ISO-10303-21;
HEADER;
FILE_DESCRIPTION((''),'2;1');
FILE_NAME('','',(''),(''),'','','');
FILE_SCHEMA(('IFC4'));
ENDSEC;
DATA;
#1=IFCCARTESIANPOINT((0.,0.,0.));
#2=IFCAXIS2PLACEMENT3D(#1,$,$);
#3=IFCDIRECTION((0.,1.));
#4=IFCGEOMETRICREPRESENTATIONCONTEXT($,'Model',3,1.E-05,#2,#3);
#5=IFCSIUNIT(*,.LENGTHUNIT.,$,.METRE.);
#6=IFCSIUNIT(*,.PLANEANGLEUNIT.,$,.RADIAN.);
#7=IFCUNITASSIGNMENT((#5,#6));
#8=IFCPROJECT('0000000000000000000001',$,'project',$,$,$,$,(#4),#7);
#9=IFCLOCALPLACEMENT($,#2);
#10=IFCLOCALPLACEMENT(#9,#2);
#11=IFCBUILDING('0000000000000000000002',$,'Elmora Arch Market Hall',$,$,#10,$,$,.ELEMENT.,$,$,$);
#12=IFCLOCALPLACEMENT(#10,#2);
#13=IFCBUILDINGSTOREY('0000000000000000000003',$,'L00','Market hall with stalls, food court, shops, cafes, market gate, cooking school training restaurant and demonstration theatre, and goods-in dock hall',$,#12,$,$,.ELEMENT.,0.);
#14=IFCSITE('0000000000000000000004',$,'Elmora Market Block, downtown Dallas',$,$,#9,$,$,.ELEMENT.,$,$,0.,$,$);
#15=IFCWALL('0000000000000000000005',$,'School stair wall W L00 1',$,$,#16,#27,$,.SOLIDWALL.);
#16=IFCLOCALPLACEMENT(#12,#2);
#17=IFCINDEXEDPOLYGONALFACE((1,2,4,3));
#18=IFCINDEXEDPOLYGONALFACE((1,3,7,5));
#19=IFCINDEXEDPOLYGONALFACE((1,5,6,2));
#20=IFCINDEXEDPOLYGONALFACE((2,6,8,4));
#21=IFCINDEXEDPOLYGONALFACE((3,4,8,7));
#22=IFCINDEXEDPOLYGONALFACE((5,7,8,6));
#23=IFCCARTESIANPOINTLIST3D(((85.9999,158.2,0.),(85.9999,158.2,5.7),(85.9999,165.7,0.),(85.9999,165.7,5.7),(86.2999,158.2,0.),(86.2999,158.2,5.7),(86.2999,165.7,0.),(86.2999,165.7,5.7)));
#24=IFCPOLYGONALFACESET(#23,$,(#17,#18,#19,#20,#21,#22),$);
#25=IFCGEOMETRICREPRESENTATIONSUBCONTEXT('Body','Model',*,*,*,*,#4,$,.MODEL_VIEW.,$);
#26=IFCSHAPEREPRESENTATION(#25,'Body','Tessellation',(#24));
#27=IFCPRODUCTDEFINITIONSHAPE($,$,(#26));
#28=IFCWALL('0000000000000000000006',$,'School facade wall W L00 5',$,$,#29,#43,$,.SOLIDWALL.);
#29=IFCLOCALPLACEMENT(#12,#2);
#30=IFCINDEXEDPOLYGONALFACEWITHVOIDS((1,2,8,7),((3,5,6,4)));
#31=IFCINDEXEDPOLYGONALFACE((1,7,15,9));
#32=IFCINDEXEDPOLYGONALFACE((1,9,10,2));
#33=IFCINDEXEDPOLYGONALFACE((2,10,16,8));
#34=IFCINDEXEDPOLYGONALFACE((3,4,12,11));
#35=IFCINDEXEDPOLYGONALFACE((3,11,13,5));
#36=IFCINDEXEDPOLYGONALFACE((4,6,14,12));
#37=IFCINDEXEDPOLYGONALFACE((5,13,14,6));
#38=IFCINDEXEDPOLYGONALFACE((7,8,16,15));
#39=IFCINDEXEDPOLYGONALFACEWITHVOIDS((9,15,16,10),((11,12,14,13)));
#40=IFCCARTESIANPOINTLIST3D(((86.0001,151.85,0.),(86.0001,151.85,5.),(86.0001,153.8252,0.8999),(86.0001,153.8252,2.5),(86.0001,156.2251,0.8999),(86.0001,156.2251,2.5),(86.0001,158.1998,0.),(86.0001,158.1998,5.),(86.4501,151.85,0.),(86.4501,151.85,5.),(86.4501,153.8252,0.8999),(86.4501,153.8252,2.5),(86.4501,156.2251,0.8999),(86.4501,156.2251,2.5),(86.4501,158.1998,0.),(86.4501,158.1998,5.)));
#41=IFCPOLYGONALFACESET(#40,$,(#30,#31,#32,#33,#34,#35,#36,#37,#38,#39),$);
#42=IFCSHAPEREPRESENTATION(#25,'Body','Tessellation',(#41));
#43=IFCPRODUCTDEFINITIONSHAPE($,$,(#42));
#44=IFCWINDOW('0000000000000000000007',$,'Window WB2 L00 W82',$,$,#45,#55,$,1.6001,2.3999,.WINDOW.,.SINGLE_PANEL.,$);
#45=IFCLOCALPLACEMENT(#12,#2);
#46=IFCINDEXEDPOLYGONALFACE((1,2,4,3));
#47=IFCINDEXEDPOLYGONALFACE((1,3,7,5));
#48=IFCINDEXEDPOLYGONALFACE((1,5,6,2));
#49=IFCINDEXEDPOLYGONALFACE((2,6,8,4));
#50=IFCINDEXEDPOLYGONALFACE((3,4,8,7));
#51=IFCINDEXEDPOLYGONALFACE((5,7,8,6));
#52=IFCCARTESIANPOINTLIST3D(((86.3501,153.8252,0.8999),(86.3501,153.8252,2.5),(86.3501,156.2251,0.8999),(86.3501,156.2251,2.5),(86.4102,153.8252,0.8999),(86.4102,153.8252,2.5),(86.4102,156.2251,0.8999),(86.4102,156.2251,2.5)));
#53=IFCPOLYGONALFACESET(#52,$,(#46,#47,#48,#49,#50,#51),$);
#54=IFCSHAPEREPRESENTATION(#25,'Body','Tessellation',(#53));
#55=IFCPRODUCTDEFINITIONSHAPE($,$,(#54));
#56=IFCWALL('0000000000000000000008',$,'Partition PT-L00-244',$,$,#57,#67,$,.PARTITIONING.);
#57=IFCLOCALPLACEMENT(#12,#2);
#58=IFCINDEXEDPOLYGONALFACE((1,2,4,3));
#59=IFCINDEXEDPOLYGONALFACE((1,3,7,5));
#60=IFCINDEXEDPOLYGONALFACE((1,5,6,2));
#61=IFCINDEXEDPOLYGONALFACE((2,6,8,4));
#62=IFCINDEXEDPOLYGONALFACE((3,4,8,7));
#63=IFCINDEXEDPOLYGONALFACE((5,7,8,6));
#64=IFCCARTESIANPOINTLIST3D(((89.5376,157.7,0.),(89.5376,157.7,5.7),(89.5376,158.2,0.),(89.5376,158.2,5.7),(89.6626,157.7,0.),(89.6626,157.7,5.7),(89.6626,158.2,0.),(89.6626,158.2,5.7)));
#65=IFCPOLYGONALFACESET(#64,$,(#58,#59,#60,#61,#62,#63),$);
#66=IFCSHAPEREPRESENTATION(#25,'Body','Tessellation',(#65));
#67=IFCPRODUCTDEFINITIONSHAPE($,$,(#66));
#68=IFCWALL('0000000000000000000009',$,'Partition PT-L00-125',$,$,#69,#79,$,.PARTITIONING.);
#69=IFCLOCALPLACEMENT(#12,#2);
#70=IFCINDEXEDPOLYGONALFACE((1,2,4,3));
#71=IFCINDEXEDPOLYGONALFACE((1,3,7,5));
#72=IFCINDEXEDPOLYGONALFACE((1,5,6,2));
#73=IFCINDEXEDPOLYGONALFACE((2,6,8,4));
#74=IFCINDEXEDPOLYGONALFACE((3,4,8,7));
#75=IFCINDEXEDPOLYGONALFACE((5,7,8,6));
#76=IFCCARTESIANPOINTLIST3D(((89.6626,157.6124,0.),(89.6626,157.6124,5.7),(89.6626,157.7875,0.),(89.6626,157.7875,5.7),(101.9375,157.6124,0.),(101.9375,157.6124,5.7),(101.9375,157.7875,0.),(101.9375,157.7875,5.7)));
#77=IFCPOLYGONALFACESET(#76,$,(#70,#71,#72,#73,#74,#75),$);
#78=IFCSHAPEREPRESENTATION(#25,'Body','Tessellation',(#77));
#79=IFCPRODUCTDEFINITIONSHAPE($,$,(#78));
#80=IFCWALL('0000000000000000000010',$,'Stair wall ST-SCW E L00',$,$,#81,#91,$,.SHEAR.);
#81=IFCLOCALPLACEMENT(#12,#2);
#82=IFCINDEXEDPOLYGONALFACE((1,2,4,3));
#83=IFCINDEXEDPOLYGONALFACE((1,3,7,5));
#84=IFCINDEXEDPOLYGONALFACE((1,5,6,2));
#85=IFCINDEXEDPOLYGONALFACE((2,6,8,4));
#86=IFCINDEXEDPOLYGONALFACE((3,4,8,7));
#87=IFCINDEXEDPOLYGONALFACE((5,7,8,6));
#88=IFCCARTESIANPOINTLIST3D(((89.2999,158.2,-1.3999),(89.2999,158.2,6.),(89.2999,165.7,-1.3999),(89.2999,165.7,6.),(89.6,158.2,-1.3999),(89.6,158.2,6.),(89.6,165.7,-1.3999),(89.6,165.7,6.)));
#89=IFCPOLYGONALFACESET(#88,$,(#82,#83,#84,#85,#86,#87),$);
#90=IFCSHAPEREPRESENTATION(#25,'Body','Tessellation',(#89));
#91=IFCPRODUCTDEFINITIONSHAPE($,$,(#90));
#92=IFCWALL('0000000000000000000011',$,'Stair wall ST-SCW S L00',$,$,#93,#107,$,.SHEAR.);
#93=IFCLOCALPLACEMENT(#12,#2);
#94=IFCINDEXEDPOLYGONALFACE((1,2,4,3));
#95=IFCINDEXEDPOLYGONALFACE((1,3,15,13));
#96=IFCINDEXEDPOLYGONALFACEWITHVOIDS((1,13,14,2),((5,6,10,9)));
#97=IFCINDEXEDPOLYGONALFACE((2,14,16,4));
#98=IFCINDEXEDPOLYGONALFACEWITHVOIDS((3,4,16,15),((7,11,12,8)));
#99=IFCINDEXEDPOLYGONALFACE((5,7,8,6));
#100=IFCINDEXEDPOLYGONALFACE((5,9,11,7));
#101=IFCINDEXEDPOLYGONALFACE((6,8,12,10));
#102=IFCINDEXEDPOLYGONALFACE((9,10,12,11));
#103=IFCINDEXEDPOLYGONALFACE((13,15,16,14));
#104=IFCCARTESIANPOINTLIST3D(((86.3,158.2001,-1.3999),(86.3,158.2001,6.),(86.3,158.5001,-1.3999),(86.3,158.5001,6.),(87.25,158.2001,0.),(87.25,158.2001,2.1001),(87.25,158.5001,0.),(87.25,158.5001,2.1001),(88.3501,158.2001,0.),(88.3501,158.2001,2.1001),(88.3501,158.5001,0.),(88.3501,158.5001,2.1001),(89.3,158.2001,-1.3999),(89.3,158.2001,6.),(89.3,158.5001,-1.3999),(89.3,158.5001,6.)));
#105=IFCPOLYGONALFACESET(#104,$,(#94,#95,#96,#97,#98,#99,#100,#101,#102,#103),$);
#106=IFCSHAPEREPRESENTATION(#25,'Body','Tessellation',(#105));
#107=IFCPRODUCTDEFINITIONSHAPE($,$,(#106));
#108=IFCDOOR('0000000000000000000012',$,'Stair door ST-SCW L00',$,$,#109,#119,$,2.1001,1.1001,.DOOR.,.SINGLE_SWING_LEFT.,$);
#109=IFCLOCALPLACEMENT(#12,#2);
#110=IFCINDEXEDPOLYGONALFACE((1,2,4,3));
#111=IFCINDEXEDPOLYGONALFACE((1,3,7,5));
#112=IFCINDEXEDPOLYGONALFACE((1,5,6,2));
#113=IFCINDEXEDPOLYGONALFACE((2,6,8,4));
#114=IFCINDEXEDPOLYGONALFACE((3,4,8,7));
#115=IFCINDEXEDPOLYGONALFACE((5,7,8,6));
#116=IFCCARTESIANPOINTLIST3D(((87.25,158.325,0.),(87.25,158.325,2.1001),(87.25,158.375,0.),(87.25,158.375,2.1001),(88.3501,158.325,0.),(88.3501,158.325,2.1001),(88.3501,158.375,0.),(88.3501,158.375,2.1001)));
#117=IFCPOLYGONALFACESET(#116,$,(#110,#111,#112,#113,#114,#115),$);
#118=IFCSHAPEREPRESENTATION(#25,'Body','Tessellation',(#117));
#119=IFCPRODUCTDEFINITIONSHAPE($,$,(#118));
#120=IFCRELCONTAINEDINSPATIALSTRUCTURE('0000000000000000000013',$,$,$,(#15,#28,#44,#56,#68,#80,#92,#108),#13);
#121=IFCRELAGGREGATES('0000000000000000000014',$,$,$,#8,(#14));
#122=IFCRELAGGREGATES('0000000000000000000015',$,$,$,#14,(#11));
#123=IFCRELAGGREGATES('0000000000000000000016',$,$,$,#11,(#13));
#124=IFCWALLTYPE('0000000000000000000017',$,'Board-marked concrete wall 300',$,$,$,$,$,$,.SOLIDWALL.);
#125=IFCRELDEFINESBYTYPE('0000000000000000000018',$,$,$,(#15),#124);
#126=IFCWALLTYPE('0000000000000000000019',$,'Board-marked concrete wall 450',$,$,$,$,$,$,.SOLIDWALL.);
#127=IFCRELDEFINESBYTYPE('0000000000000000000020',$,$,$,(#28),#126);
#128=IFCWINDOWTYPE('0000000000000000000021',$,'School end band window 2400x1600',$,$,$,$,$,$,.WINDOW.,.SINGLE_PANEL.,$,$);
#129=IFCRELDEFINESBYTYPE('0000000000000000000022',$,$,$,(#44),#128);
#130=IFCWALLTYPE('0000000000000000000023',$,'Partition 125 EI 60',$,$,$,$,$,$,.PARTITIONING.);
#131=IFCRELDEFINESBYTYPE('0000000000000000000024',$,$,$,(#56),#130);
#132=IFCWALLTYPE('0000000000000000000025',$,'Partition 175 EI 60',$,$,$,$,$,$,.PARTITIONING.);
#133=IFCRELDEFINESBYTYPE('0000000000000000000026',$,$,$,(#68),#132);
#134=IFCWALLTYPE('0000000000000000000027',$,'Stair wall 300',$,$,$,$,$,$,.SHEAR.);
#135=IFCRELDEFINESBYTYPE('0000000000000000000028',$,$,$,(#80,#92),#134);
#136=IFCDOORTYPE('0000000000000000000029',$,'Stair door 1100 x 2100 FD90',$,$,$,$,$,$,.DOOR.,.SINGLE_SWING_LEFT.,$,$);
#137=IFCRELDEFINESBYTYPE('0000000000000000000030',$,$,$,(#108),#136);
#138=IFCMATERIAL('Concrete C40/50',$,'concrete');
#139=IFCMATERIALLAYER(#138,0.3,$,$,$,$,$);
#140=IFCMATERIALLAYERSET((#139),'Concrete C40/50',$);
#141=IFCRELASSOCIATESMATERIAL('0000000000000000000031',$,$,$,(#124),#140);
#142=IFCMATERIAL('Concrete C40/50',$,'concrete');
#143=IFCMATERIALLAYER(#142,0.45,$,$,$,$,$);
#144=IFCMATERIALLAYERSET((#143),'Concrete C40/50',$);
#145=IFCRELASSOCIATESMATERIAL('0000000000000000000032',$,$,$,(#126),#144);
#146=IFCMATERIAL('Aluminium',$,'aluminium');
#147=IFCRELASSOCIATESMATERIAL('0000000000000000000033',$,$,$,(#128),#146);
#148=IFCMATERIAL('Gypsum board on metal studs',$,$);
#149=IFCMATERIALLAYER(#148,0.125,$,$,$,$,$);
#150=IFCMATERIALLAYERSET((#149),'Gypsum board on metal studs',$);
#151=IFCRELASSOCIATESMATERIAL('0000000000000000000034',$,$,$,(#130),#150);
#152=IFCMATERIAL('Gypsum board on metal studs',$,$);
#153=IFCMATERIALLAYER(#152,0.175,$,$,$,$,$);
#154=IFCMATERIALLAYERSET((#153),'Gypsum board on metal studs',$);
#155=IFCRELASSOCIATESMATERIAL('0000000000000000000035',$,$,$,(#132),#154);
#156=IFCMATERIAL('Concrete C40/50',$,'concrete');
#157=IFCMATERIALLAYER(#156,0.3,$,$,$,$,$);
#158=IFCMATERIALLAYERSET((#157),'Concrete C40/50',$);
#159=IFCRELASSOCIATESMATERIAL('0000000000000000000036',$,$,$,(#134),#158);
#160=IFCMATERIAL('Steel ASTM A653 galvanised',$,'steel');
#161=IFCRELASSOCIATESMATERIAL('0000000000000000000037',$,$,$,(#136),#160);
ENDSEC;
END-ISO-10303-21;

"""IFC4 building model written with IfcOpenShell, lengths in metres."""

from ifc_helpers import new_model, si_unit, direction, frame, frame_2d, origin, place, context, subcontext, project, spatial, rectangle, extrude, material, layer, layer_set, type_object, element, fill, save


model = new_model("IFC4")

# Units and contexts
model_context = context("Model", 3, precision=1e-05, world=origin(), true_north=direction((0.0, 1.0)))
body_context = subcontext(model_context, "Body", "Model", "MODEL_VIEW")
ifc_project = project(units=[si_unit("LENGTHUNIT", "METRE"), si_unit("PLANEANGLEUNIT", "RADIAN")], contexts=[model_context])

# Site, building, storey
site_placement = place(None, origin())
site = spatial("IfcSite", under=ifc_project, at=site_placement, Name="Elmora Market Block, downtown Dallas", CompositionType="ELEMENT", RefElevation=0.0)
building_placement = place(site_placement, origin())
building = spatial("IfcBuilding", under=site, at=building_placement, Name="Elmora Arch Market Hall", CompositionType="ELEMENT")
storey_placement = place(building_placement, origin())
storey = spatial("IfcBuildingStorey", under=building, at=storey_placement, Name="L00", Description="Market hall with stalls, food court, shops, cafes, market gate, cooking school training restaurant and demonstration theatre, and goods-in dock hall", CompositionType="ELEMENT", Elevation=0.0)

# Wall
ifc_material_1 = material(Name="Concrete C40/50", Category="concrete")
ifc_layer_1 = layer(ifc_material_1, 0.3)
ifc_layer_set_1 = layer_set([ifc_layer_1], Name="Concrete C40/50")
wall_type_1 = type_object("IfcWallType", Name="Board-marked concrete wall 300", PredefinedType="SOLIDWALL", material=ifc_layer_set_1)
wall_1_placement = place(storey_placement, frame((86.1499, 158.2, 0.0), z_axis=(0.0, 0.0, 1.0), x_axis=(0.0, 1.0, 0.0)))
element("IfcWall", 1, at=wall_1_placement, inside=storey, type_object=wall_type_1, Name="School stair wall W L00 1", PredefinedType="SOLIDWALL", context=body_context, shape_type="SweptSolid", body=[
    extrude(rectangle(XDim=7.5, YDim=0.3, at=frame_2d((3.75, 0.0))), origin(), (0.0, 0.0, 1.0), 5.7),
])

# Wall, opening, window
ifc_material_2 = material(Name="Concrete C40/50", Category="concrete")
ifc_layer_2 = layer(ifc_material_2, 0.45)
ifc_layer_set_2 = layer_set([ifc_layer_2], Name="Concrete C40/50")
wall_type_2 = type_object("IfcWallType", Name="Board-marked concrete wall 450", PredefinedType="SOLIDWALL", material=ifc_layer_set_2)
wall_2_placement = place(storey_placement, frame((86.2251, 151.8501, 0.0), z_axis=(0.0, 0.0, 1.0), x_axis=(0.0, 1.0, 0.0)))
wall_2 = element("IfcWall", 2, at=wall_2_placement, inside=storey, type_object=wall_type_2, Name="School facade wall W L00 5", PredefinedType="SOLIDWALL", context=body_context, shape_type="SweptSolid", body=[
    extrude(rectangle(XDim=6.3499, YDim=0.45, at=frame_2d((3.1748, 0.0))), origin(), (0.0, 0.0, 1.0), 5.0),
])
opening_1_placement = place(wall_2_placement, frame((1.9751, 0.0, 0.8999)))
opening_1 = element("IfcOpeningElement", 3, at=opening_1_placement, cuts=wall_2, PredefinedType="OPENING", context=body_context, shape_type="SweptSolid", body=[
    extrude(rectangle(XDim=2.3999, YDim=1.6001, at=frame_2d((1.2, 0.8))), frame((0.0, 0.2349, 0.0), z_axis=(0.0, -1.0, 0.0), x_axis=(1.0, 0.0, 0.0)), (0.0, 0.0, 1.0), 0.47),
])
ifc_material_3 = material(Name="Aluminium", Category="aluminium")
window_type = type_object("IfcWindowType", Name="School end band window 2400x1600", PartitioningType="SINGLE_PANEL", PredefinedType="WINDOW", material=ifc_material_3)
window_placement = place(opening_1_placement, origin())
window = element("IfcWindow", 4, at=window_placement, inside=storey, type_object=window_type, Name="Window WB2 L00 W82", OverallHeight=1.6001, OverallWidth=2.3999, PartitioningType="SINGLE_PANEL", PredefinedType="WINDOW", context=body_context, shape_type="SweptSolid", body=[
    extrude(rectangle(XDim=2.3999, YDim=1.6001, at=frame_2d((1.2, 0.8))), frame((0.0, -0.125, 0.0), z_axis=(0.0, -1.0, 0.0), x_axis=(1.0, 0.0, 0.0)), (0.0, 0.0, 1.0), 0.0601),
])
fill(opening_1, window)

# Walls
ifc_material_4 = material(Name="Gypsum board on metal studs")
ifc_layer_3 = layer(ifc_material_4, 0.125)
ifc_layer_set_3 = layer_set([ifc_layer_3], Name="Gypsum board on metal studs")
wall_type_3 = type_object("IfcWallType", Name="Partition 125 EI 60", PredefinedType="PARTITIONING", material=ifc_layer_set_3)
wall_3_placement = place(storey_placement, frame((89.6001, 157.7, 0.0), z_axis=(0.0, 0.0, 1.0), x_axis=(0.0, 1.0, 0.0)))
element("IfcWall", 5, at=wall_3_placement, inside=storey, type_object=wall_type_3, Name="Partition PT-L00-244", PredefinedType="PARTITIONING", context=body_context, shape_type="SweptSolid", body=[
    extrude(rectangle(XDim=0.5, YDim=0.125, at=frame_2d((0.25, 0.0))), origin(), (0.0, 0.0, 1.0), 5.7),
])
ifc_material_5 = material(Name="Gypsum board on metal studs")
ifc_layer_4 = layer(ifc_material_5, 0.175)
ifc_layer_set_4 = layer_set([ifc_layer_4], Name="Gypsum board on metal studs")
wall_type_4 = type_object("IfcWallType", Name="Partition 175 EI 60", PredefinedType="PARTITIONING", material=ifc_layer_set_4)
wall_4_placement = place(storey_placement, frame((89.6626, 157.7, 0.0), z_axis=(0.0, 0.0, 1.0), x_axis=(1.0, 0.0, 0.0)))
element("IfcWall", 6, at=wall_4_placement, inside=storey, type_object=wall_type_4, Name="Partition PT-L00-125", PredefinedType="PARTITIONING", context=body_context, shape_type="SweptSolid", body=[
    extrude(rectangle(XDim=12.2749, YDim=0.175, at=frame_2d((6.1375, 0.0))), origin(), (0.0, 0.0, 1.0), 5.7),
])
ifc_material_6 = material(Name="Concrete C40/50", Category="concrete")
ifc_layer_5 = layer(ifc_material_6, 0.3)
ifc_layer_set_5 = layer_set([ifc_layer_5], Name="Concrete C40/50")
wall_type_5 = type_object("IfcWallType", Name="Stair wall 300", PredefinedType="SHEAR", material=ifc_layer_set_5)
wall_5_placement = place(storey_placement, frame((89.45, 158.2, -1.3999), z_axis=(0.0, 0.0, 1.0), x_axis=(0.0, 1.0, 0.0)))
element("IfcWall", 7, at=wall_5_placement, inside=storey, type_object=wall_type_5, Name="Stair wall ST-SCW E L00", PredefinedType="SHEAR", context=body_context, shape_type="SweptSolid", body=[
    extrude(rectangle(XDim=7.5, YDim=0.3, at=frame_2d((3.75, 0.0))), origin(), (0.0, 0.0, 1.0), 7.3999),
])

# Wall, opening, door
wall_6_placement = place(storey_placement, frame((86.3, 158.3501, -1.3999), z_axis=(0.0, 0.0, 1.0), x_axis=(1.0, 0.0, 0.0)))
wall_6 = element("IfcWall", 8, at=wall_6_placement, inside=storey, type_object=wall_type_5, Name="Stair wall ST-SCW S L00", PredefinedType="SHEAR", context=body_context, shape_type="SweptSolid", body=[
    extrude(rectangle(XDim=3.0, YDim=0.3, at=frame_2d((1.5, 0.0))), origin(), (0.0, 0.0, 1.0), 7.3999),
])
opening_2_placement = place(wall_6_placement, frame((0.95, 0.0, 1.3999)))
opening_2 = element("IfcOpeningElement", 9, at=opening_2_placement, cuts=wall_6, PredefinedType="OPENING", context=body_context, shape_type="SweptSolid", body=[
    extrude(rectangle(XDim=1.1001, YDim=2.1001, at=frame_2d((0.55, 1.05))), frame((0.0, 0.1599, 0.0), z_axis=(0.0, -1.0, 0.0), x_axis=(1.0, 0.0, 0.0)), (0.0, 0.0, 1.0), 0.3201),
])
ifc_material_7 = material(Name="Steel ASTM A653 galvanised", Category="steel")
door_type_1 = type_object("IfcDoorType", Name="Stair door 1100 x 2100 FD90", OperationType="SINGLE_SWING_LEFT", PredefinedType="DOOR", material=ifc_material_7)
door_1_placement = place(opening_2_placement, origin())
door_1 = element("IfcDoor", 10, at=door_1_placement, inside=storey, type_object=door_type_1, Name="Stair door ST-SCW L00", OperationType="SINGLE_SWING_LEFT", OverallHeight=2.1001, OverallWidth=1.1001, PredefinedType="DOOR", context=body_context, shape_type="SweptSolid", body=[
    extrude(rectangle(XDim=1.1001, YDim=2.1001, at=frame_2d((0.55, 1.05))), frame((0.0, 0.0249, 0.0), z_axis=(0.0, -1.0, 0.0), x_axis=(1.0, 0.0, 0.0)), (0.0, 0.0, 1.0), 0.05),
])
fill(opening_2, door_1)

save(model, "model.ifc")
